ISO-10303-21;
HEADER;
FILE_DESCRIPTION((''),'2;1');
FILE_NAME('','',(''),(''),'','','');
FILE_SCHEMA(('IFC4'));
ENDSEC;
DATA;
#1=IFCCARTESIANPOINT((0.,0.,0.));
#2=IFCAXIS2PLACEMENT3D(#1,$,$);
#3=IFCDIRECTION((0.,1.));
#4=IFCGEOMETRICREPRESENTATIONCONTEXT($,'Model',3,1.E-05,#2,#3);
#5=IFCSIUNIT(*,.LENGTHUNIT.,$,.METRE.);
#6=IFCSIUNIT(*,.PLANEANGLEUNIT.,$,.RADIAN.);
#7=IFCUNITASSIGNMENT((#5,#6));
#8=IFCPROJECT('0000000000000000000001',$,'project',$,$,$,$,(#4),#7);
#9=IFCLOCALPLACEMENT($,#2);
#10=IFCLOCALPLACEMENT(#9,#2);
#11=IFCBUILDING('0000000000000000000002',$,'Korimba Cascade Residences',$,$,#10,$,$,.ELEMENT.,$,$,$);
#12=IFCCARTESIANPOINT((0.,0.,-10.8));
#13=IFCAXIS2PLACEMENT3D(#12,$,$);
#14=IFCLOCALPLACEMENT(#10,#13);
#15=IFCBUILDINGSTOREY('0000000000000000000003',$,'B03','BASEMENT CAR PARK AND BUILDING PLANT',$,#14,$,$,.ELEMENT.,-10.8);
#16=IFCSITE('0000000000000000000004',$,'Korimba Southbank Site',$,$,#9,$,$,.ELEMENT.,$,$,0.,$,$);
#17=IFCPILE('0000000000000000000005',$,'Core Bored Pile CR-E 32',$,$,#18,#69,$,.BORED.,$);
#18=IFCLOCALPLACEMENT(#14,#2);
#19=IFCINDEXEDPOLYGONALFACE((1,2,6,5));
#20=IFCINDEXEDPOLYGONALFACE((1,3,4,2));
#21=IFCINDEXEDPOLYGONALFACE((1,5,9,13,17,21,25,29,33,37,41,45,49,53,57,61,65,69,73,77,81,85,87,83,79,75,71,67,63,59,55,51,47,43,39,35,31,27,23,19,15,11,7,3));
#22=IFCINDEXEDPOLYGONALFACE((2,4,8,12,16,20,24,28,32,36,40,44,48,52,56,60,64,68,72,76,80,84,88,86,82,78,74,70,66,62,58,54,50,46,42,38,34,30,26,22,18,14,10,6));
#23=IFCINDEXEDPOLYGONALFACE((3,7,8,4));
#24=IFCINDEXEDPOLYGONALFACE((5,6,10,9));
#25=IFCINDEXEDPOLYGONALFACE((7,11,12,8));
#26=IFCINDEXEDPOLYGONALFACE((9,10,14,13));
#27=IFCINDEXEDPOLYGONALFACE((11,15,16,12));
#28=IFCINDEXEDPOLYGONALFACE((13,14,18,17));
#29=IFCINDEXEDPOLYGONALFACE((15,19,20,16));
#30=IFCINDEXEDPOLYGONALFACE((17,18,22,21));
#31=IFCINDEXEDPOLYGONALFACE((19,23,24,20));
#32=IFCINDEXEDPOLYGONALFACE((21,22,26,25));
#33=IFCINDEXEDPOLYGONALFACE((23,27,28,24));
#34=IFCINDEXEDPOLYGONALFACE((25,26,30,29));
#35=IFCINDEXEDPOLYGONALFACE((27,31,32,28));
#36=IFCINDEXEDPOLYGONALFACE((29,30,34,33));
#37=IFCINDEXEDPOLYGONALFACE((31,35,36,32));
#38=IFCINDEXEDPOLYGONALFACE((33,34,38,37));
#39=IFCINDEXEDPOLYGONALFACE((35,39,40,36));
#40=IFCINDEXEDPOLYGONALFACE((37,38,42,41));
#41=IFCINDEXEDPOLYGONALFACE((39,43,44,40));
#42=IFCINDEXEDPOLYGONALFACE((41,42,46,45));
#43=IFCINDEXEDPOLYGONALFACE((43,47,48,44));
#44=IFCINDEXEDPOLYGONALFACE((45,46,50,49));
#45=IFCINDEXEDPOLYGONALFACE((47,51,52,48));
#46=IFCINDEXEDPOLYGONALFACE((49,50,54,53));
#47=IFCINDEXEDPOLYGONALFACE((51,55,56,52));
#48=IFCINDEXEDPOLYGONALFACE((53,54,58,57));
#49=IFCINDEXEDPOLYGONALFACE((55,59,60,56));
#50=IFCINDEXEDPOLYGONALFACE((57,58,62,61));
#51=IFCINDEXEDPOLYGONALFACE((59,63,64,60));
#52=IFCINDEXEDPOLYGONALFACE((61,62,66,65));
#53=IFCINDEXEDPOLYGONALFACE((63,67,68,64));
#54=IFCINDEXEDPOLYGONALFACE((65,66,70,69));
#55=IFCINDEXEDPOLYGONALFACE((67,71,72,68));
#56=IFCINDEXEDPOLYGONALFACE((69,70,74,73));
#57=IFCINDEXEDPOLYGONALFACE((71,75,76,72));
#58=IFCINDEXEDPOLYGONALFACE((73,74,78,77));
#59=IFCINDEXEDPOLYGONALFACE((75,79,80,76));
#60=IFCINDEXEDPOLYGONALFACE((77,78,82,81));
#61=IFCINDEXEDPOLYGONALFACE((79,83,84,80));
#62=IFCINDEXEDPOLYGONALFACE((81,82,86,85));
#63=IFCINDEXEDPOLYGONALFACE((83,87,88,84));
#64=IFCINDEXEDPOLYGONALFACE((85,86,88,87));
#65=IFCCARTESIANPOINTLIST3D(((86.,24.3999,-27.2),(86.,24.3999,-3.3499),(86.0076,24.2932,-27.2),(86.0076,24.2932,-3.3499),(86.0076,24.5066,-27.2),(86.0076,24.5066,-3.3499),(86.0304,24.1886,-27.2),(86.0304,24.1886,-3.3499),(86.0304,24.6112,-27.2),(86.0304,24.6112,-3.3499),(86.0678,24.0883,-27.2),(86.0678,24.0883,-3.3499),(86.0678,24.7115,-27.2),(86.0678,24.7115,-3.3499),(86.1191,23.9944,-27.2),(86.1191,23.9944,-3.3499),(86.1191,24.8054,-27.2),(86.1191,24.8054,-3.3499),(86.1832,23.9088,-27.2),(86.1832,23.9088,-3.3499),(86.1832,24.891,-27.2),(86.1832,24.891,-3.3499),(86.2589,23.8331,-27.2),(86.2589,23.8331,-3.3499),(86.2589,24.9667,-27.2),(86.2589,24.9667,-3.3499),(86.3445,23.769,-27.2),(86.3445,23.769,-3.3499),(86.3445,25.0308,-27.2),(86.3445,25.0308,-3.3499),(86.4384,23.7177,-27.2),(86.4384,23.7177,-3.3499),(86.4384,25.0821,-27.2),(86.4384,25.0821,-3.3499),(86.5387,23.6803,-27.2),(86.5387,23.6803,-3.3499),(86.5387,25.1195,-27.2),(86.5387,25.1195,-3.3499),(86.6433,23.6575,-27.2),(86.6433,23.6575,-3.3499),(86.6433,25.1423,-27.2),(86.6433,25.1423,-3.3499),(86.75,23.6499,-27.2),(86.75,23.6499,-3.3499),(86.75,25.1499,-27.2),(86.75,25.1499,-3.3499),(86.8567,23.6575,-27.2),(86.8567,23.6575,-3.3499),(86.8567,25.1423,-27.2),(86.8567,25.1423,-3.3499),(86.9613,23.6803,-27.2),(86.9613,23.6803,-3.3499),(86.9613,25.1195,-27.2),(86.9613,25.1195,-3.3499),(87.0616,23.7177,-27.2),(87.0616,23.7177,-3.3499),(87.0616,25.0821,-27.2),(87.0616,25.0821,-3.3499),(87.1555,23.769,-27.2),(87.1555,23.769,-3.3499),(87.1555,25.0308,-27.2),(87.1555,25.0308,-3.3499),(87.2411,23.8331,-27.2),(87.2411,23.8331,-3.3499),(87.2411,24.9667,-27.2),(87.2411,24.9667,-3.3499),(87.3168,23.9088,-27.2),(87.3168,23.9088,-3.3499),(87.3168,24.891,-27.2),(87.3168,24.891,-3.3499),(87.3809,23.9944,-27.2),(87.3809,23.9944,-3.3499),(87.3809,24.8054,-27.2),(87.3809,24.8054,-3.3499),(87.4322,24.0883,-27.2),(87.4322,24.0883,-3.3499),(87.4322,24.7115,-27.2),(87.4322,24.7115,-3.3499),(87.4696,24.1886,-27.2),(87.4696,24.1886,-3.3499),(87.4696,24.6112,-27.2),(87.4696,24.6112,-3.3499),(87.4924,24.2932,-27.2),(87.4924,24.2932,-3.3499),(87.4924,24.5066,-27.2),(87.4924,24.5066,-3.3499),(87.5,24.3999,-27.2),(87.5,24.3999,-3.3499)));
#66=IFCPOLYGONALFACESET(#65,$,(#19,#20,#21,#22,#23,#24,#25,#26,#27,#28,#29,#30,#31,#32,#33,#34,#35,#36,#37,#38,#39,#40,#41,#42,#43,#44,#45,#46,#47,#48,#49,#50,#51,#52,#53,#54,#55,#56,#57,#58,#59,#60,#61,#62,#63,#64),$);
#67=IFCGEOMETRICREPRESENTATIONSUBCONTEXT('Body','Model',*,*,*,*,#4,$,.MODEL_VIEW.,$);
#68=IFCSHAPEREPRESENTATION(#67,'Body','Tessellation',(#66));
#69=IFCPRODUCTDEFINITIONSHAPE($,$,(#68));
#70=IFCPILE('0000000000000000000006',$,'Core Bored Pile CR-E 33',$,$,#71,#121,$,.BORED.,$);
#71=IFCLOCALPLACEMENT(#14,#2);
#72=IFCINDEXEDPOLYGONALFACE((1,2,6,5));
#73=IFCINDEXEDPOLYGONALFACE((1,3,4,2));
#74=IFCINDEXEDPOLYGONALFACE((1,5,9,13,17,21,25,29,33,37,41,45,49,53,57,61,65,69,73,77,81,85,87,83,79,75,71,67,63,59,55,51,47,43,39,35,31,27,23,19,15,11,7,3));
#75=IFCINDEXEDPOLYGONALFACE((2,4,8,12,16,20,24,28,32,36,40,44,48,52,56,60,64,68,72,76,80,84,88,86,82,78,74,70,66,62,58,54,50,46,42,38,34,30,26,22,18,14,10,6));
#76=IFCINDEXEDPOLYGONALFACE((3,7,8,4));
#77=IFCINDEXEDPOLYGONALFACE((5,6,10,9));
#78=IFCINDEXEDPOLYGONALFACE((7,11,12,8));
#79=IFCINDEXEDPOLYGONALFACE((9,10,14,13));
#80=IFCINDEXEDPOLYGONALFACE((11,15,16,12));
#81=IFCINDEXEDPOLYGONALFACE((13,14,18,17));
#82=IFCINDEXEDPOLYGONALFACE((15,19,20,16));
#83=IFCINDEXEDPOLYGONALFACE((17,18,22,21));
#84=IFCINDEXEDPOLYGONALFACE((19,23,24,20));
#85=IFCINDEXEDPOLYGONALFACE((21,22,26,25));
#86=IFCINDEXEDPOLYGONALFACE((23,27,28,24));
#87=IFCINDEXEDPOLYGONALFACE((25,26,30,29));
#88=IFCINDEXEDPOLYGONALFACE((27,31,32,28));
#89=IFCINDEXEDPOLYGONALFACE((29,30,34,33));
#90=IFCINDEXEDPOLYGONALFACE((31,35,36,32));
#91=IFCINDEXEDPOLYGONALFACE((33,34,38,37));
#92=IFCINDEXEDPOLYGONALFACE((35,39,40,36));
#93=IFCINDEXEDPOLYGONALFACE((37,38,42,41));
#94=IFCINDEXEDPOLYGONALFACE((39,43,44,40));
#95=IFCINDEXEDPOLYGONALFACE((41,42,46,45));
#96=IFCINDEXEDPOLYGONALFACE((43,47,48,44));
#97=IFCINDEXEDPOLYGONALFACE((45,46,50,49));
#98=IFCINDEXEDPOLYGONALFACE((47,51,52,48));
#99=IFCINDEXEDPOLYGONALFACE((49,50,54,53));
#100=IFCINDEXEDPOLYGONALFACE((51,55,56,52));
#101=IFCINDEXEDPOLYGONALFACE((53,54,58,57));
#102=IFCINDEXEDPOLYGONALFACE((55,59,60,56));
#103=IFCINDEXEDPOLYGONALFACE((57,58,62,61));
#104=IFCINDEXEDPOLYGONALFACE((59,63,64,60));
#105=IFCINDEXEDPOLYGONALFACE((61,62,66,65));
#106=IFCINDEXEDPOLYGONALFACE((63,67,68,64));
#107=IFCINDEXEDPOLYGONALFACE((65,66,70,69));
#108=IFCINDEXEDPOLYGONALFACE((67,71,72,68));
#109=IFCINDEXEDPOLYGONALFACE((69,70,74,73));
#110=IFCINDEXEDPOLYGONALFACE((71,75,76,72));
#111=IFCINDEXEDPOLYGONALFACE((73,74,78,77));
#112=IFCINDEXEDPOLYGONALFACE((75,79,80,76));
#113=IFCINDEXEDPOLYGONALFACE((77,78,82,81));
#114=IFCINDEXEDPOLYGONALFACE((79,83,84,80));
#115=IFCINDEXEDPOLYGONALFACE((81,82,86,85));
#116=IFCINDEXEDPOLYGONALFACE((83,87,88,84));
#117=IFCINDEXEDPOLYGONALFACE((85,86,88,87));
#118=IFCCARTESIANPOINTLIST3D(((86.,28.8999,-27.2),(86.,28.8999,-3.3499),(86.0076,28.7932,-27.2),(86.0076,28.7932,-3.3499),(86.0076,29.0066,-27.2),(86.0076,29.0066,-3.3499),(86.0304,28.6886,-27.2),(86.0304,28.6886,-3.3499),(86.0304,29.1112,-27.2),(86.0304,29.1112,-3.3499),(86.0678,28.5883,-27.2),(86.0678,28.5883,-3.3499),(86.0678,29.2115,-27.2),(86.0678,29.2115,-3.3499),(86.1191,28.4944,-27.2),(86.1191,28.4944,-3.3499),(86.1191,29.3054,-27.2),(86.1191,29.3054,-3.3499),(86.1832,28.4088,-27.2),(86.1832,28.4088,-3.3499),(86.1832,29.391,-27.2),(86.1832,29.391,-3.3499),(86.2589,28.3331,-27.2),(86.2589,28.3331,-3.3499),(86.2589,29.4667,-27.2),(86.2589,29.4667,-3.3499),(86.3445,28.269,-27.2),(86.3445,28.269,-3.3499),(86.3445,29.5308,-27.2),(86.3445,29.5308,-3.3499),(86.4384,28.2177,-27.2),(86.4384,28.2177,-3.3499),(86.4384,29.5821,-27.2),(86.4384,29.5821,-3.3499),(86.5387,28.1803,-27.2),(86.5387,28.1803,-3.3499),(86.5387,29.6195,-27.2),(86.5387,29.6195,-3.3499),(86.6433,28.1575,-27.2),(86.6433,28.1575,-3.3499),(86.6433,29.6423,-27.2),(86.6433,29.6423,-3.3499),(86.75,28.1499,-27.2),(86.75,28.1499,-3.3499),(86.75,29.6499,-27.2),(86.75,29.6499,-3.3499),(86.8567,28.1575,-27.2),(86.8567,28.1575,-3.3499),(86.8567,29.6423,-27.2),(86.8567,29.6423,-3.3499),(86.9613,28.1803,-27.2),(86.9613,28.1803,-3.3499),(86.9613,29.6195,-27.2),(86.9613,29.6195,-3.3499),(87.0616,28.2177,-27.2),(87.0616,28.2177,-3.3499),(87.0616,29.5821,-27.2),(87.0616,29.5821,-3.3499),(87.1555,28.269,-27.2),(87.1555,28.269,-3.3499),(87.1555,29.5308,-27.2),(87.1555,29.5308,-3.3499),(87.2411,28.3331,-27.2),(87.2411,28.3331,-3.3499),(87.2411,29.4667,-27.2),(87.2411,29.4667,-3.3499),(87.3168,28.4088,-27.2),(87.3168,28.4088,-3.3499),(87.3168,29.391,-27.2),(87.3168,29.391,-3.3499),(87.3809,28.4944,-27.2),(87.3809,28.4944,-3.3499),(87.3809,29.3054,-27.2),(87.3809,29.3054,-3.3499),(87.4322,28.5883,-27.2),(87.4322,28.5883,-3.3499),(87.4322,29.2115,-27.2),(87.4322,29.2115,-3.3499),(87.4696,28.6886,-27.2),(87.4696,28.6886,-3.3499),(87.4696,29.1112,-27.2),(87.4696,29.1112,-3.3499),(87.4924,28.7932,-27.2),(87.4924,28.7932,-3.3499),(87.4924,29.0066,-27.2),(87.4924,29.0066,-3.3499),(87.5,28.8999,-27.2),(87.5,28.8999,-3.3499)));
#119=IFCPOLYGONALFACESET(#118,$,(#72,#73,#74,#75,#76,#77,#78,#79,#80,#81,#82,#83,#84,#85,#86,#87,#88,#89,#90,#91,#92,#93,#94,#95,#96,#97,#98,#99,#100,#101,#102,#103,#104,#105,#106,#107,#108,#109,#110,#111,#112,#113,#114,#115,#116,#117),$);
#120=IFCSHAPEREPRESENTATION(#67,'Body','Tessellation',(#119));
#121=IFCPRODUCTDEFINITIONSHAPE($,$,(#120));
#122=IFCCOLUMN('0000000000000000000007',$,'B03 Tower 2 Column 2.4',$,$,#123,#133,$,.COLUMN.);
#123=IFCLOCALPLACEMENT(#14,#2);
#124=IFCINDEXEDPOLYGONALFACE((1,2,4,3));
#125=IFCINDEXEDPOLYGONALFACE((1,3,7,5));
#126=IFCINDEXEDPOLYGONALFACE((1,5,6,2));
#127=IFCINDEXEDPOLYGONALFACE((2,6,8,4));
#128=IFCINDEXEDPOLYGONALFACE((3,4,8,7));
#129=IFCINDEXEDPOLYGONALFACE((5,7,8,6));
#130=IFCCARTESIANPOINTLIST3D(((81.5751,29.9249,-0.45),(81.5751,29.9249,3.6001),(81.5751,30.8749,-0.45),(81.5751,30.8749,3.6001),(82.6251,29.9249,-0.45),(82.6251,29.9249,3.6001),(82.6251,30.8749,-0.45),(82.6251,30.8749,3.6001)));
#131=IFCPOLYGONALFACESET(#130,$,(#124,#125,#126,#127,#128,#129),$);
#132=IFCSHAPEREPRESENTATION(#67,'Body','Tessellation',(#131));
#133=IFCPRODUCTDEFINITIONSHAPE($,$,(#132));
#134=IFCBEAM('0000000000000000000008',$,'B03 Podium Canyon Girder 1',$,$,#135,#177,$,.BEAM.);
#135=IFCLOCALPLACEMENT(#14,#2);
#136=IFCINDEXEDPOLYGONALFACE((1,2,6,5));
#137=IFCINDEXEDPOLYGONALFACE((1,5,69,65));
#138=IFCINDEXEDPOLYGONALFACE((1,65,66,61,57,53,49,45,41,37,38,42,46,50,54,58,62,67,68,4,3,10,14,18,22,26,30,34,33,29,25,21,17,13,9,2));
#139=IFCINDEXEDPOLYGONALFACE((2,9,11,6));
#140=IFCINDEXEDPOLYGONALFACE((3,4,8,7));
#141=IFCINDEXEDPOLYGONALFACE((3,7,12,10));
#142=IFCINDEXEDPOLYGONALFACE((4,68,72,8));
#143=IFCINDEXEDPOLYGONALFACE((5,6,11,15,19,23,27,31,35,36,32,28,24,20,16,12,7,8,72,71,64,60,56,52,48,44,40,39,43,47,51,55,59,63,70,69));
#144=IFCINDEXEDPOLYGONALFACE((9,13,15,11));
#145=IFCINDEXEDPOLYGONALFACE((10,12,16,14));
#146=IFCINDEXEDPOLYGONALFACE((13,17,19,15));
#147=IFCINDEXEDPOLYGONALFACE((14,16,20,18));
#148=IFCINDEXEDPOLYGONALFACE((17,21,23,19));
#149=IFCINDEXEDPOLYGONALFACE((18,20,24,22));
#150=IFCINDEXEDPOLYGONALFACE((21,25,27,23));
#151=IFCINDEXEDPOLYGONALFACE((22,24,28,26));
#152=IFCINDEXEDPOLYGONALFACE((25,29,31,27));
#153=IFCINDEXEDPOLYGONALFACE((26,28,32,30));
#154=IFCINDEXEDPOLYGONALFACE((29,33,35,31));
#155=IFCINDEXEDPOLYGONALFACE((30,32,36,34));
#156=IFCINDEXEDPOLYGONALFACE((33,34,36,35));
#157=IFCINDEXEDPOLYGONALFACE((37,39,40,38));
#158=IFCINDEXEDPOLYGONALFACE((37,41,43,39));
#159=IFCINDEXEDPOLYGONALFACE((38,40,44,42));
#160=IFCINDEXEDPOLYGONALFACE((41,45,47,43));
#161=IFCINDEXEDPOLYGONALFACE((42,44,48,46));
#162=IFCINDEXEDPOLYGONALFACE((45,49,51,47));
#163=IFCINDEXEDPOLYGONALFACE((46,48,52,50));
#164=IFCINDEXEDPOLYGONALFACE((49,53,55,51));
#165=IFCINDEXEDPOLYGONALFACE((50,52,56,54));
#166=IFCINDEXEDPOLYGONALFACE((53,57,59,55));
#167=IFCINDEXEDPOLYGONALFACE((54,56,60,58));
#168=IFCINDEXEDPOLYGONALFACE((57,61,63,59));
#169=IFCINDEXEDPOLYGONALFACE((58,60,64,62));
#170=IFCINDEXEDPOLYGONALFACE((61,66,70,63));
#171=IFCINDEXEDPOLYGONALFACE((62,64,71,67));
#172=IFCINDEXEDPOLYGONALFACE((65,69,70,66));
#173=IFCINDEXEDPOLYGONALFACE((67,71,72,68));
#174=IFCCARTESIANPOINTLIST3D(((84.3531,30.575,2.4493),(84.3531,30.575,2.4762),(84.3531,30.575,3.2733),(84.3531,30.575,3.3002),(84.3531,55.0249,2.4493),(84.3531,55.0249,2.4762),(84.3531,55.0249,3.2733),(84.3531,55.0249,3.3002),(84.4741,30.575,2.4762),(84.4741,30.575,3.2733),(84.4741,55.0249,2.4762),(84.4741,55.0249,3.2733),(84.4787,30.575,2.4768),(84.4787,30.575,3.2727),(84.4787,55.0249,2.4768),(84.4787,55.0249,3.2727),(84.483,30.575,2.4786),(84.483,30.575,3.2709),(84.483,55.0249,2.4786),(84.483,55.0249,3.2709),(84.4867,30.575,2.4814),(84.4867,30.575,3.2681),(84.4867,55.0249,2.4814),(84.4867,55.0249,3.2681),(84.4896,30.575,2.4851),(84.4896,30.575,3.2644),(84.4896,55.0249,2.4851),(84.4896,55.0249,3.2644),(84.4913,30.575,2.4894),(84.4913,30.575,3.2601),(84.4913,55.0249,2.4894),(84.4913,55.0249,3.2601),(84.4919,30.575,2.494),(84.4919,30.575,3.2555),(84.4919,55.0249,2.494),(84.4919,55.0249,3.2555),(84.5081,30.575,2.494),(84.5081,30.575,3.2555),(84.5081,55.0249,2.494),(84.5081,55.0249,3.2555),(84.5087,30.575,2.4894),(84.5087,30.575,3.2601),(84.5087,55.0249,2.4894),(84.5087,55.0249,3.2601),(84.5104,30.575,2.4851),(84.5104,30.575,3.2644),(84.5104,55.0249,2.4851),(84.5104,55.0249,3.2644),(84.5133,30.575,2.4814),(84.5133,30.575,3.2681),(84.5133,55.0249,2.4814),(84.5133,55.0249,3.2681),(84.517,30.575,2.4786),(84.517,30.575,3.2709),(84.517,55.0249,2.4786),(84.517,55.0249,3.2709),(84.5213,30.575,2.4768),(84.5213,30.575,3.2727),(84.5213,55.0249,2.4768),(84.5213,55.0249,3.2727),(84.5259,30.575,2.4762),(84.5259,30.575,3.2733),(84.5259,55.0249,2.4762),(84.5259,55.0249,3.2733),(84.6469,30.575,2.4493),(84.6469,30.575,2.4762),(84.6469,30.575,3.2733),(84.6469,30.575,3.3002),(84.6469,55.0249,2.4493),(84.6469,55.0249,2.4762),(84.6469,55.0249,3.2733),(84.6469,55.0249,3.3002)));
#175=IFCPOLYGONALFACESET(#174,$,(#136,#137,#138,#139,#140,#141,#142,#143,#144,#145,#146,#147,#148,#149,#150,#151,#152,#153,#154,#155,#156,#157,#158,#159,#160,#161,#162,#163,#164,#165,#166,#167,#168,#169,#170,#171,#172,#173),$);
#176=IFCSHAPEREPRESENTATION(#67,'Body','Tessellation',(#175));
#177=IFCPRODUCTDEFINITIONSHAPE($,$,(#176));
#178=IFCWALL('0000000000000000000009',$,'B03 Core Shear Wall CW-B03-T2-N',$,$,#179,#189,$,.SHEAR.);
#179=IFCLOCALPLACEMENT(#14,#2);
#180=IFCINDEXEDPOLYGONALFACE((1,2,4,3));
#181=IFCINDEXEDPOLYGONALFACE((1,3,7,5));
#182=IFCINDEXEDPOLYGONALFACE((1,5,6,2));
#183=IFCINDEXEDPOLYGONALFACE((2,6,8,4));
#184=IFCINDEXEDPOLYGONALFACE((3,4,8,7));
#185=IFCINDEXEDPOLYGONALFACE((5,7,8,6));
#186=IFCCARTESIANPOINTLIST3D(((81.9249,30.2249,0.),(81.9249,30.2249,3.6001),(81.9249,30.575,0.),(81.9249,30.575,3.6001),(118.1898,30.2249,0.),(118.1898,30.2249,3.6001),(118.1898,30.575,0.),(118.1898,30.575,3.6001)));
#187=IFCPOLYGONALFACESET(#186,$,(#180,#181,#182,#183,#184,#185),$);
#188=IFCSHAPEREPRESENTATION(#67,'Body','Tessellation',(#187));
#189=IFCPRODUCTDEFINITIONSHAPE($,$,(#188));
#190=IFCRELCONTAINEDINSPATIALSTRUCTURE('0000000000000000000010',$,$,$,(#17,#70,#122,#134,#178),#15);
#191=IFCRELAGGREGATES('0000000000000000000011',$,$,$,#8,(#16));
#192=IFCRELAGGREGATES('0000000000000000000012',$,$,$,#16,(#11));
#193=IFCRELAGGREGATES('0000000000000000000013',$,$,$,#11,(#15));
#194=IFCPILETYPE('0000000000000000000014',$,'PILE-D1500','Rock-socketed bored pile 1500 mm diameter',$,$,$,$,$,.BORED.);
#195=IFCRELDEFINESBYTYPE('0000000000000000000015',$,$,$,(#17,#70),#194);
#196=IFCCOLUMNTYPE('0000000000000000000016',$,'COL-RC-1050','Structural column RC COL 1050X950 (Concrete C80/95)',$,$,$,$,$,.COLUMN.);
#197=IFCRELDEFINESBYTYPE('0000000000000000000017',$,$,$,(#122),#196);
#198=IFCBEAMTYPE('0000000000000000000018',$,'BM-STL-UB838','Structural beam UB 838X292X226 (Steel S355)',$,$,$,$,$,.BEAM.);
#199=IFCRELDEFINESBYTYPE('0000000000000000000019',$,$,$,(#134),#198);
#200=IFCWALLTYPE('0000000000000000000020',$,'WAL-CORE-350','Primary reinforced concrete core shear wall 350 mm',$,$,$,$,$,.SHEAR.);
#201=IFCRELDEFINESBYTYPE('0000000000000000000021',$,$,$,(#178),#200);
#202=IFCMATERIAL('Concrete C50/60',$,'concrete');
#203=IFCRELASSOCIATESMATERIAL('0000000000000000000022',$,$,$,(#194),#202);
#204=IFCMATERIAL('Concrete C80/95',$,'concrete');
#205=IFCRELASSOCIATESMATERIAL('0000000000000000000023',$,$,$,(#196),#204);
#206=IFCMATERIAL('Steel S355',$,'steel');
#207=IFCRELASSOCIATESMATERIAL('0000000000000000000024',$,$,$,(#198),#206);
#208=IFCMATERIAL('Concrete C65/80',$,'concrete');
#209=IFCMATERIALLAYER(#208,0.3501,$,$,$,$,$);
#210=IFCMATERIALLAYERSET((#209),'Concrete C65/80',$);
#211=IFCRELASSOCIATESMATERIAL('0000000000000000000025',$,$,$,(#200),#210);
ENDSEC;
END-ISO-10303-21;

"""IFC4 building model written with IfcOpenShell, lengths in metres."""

from ifc_helpers import new_model, si_unit, direction, frame, frame_2d, origin, origin_2d, place, context, subcontext, project, spatial, rectangle, circle, i_section, extrude, material, layer, layer_set, material_profile, profile_set, type_object, element, save


model = new_model("IFC4")

# Units and contexts
model_context = context("Model", 3, precision=1e-05, world=origin(), true_north=direction((0.0, 1.0)))
body_context = subcontext(model_context, "Body", "Model", "MODEL_VIEW")
ifc_project = project(units=[si_unit("LENGTHUNIT", "METRE"), si_unit("PLANEANGLEUNIT", "RADIAN")], contexts=[model_context])

# Site, building, storey
site_placement = place(None, origin())
site = spatial("IfcSite", under=ifc_project, at=site_placement, Name="Korimba Southbank Site", CompositionType="ELEMENT", RefElevation=0.0)
building_placement = place(site_placement, origin())
building = spatial("IfcBuilding", under=site, at=building_placement, Name="Korimba Cascade Residences", CompositionType="ELEMENT")
storey_placement = place(building_placement, frame((0.0, 0.0, -10.8)))
storey = spatial("IfcBuildingStorey", under=building, at=storey_placement, Name="B03", Description="BASEMENT CAR PARK AND BUILDING PLANT", CompositionType="ELEMENT", Elevation=-10.8)

# Piles
ifc_material_1 = material(Name="Concrete C50/60", Category="concrete")
ifc_material_profile_1 = material_profile(ifc_material_1, circle(Radius=0.75, at=origin_2d()), Name="Concrete C50/60")
ifc_profile_set_1 = profile_set([ifc_material_profile_1], Name="Concrete C50/60")
pile_type_1 = type_object("IfcPileType", Name="PILE-D1500", Description="Rock-socketed bored pile 1500 mm diameter", PredefinedType="BORED", material=ifc_profile_set_1)
for number, where, z_axis, x_axis, name in (
    (1, (86.75, 24.3999, -3.3499), (0.0, 0.0, -1.0), (1.0, 0.0, 0.0), "Core Bored Pile CR-E 32"),
    (2, (86.75, 28.8999, -3.3499), (0.0, 0.0, -1.0), (1.0, 0.0, 0.0), "Core Bored Pile CR-E 33"),
):
    element("IfcPile", number, at=place(storey_placement, frame(where, z_axis=z_axis, x_axis=x_axis)), inside=storey, type_object=pile_type_1, Name=name, PredefinedType="BORED", context=body_context, shape_type="SweptSolid", body=[
        extrude(circle(Radius=0.75, at=origin_2d()), origin(), (0.0, 0.0, 1.0), 23.8501),
    ])

# Column
ifc_material_2 = material(Name="Concrete C80/95", Category="concrete")
ifc_material_profile_2 = material_profile(ifc_material_2, rectangle(XDim=1.05, YDim=0.95, at=origin_2d()), Name="Concrete C80/95")
ifc_profile_set_2 = profile_set([ifc_material_profile_2], Name="Concrete C80/95")
column_type = type_object("IfcColumnType", Name="COL-RC-1050", Description="Structural column RC COL 1050X950 (Concrete C80/95)", PredefinedType="COLUMN", material=ifc_profile_set_2)
column_placement = place(storey_placement, frame((82.1001, 30.3999, -0.45), z_axis=(0.0, 0.0, 1.0), x_axis=(1.0, 0.0, 0.0)))
element("IfcColumn", 3, at=column_placement, inside=storey, type_object=column_type, Name="B03 Tower 2 Column 2.4", PredefinedType="COLUMN", context=body_context, shape_type="SweptSolid", body=[
    extrude(rectangle(XDim=1.05, YDim=0.95, at=origin_2d()), origin(), (0.0, 0.0, 1.0), 4.05),
])

# Beam
ifc_material_3 = material(Name="Steel S355", Category="steel")
ifc_material_profile_3 = material_profile(ifc_material_3, i_section(OverallWidth=0.2937, OverallDepth=0.8508, WebThickness=0.0161, FlangeThickness=0.0269, FilletRadius=0.0178, at=origin_2d()), Name="Steel S355")
ifc_profile_set_3 = profile_set([ifc_material_profile_3], Name="Steel S355")
beam_type = type_object("IfcBeamType", Name="BM-STL-UB838", Description="Structural beam UB 838X292X226 (Steel S355)", PredefinedType="BEAM", material=ifc_profile_set_3)
beam_placement = place(storey_placement, frame((84.5, 30.575, 2.8748), z_axis=(0.0, 1.0, 0.0), x_axis=(-1.0, 0.0, 0.0)))
element("IfcBeam", 4, at=beam_placement, inside=storey, type_object=beam_type, Name="B03 Podium Canyon Girder 1", PredefinedType="BEAM", context=body_context, shape_type="SweptSolid", body=[
    extrude(i_section(OverallWidth=0.2937, OverallDepth=0.8508, WebThickness=0.0161, FlangeThickness=0.0269, FilletRadius=0.0178, at=origin_2d()), origin(), (0.0, 0.0, 1.0), 24.45),
])

# Wall
ifc_material_4 = material(Name="Concrete C65/80", Category="concrete")
ifc_layer_1 = layer(ifc_material_4, 0.3501)
ifc_layer_set_1 = layer_set([ifc_layer_1], Name="Concrete C65/80")
wall_type_1 = type_object("IfcWallType", Name="WAL-CORE-350", Description="Primary reinforced concrete core shear wall 350 mm", PredefinedType="SHEAR", material=ifc_layer_set_1)
wall_1_placement = place(storey_placement, frame((81.925, 30.3999, 0.0), z_axis=(0.0, 0.0, 1.0), x_axis=(1.0, 0.0, 0.0)))
element("IfcWall", 5, at=wall_1_placement, inside=storey, type_object=wall_type_1, Name="B03 Core Shear Wall CW-B03-T2-N", PredefinedType="SHEAR", context=body_context, shape_type="SweptSolid", body=[
    extrude(rectangle(XDim=36.2649, YDim=0.3501, at=frame_2d((18.1323, 0.0))), origin(), (0.0, 0.0, 1.0), 3.6001),
])

save(model, "model.ifc")
